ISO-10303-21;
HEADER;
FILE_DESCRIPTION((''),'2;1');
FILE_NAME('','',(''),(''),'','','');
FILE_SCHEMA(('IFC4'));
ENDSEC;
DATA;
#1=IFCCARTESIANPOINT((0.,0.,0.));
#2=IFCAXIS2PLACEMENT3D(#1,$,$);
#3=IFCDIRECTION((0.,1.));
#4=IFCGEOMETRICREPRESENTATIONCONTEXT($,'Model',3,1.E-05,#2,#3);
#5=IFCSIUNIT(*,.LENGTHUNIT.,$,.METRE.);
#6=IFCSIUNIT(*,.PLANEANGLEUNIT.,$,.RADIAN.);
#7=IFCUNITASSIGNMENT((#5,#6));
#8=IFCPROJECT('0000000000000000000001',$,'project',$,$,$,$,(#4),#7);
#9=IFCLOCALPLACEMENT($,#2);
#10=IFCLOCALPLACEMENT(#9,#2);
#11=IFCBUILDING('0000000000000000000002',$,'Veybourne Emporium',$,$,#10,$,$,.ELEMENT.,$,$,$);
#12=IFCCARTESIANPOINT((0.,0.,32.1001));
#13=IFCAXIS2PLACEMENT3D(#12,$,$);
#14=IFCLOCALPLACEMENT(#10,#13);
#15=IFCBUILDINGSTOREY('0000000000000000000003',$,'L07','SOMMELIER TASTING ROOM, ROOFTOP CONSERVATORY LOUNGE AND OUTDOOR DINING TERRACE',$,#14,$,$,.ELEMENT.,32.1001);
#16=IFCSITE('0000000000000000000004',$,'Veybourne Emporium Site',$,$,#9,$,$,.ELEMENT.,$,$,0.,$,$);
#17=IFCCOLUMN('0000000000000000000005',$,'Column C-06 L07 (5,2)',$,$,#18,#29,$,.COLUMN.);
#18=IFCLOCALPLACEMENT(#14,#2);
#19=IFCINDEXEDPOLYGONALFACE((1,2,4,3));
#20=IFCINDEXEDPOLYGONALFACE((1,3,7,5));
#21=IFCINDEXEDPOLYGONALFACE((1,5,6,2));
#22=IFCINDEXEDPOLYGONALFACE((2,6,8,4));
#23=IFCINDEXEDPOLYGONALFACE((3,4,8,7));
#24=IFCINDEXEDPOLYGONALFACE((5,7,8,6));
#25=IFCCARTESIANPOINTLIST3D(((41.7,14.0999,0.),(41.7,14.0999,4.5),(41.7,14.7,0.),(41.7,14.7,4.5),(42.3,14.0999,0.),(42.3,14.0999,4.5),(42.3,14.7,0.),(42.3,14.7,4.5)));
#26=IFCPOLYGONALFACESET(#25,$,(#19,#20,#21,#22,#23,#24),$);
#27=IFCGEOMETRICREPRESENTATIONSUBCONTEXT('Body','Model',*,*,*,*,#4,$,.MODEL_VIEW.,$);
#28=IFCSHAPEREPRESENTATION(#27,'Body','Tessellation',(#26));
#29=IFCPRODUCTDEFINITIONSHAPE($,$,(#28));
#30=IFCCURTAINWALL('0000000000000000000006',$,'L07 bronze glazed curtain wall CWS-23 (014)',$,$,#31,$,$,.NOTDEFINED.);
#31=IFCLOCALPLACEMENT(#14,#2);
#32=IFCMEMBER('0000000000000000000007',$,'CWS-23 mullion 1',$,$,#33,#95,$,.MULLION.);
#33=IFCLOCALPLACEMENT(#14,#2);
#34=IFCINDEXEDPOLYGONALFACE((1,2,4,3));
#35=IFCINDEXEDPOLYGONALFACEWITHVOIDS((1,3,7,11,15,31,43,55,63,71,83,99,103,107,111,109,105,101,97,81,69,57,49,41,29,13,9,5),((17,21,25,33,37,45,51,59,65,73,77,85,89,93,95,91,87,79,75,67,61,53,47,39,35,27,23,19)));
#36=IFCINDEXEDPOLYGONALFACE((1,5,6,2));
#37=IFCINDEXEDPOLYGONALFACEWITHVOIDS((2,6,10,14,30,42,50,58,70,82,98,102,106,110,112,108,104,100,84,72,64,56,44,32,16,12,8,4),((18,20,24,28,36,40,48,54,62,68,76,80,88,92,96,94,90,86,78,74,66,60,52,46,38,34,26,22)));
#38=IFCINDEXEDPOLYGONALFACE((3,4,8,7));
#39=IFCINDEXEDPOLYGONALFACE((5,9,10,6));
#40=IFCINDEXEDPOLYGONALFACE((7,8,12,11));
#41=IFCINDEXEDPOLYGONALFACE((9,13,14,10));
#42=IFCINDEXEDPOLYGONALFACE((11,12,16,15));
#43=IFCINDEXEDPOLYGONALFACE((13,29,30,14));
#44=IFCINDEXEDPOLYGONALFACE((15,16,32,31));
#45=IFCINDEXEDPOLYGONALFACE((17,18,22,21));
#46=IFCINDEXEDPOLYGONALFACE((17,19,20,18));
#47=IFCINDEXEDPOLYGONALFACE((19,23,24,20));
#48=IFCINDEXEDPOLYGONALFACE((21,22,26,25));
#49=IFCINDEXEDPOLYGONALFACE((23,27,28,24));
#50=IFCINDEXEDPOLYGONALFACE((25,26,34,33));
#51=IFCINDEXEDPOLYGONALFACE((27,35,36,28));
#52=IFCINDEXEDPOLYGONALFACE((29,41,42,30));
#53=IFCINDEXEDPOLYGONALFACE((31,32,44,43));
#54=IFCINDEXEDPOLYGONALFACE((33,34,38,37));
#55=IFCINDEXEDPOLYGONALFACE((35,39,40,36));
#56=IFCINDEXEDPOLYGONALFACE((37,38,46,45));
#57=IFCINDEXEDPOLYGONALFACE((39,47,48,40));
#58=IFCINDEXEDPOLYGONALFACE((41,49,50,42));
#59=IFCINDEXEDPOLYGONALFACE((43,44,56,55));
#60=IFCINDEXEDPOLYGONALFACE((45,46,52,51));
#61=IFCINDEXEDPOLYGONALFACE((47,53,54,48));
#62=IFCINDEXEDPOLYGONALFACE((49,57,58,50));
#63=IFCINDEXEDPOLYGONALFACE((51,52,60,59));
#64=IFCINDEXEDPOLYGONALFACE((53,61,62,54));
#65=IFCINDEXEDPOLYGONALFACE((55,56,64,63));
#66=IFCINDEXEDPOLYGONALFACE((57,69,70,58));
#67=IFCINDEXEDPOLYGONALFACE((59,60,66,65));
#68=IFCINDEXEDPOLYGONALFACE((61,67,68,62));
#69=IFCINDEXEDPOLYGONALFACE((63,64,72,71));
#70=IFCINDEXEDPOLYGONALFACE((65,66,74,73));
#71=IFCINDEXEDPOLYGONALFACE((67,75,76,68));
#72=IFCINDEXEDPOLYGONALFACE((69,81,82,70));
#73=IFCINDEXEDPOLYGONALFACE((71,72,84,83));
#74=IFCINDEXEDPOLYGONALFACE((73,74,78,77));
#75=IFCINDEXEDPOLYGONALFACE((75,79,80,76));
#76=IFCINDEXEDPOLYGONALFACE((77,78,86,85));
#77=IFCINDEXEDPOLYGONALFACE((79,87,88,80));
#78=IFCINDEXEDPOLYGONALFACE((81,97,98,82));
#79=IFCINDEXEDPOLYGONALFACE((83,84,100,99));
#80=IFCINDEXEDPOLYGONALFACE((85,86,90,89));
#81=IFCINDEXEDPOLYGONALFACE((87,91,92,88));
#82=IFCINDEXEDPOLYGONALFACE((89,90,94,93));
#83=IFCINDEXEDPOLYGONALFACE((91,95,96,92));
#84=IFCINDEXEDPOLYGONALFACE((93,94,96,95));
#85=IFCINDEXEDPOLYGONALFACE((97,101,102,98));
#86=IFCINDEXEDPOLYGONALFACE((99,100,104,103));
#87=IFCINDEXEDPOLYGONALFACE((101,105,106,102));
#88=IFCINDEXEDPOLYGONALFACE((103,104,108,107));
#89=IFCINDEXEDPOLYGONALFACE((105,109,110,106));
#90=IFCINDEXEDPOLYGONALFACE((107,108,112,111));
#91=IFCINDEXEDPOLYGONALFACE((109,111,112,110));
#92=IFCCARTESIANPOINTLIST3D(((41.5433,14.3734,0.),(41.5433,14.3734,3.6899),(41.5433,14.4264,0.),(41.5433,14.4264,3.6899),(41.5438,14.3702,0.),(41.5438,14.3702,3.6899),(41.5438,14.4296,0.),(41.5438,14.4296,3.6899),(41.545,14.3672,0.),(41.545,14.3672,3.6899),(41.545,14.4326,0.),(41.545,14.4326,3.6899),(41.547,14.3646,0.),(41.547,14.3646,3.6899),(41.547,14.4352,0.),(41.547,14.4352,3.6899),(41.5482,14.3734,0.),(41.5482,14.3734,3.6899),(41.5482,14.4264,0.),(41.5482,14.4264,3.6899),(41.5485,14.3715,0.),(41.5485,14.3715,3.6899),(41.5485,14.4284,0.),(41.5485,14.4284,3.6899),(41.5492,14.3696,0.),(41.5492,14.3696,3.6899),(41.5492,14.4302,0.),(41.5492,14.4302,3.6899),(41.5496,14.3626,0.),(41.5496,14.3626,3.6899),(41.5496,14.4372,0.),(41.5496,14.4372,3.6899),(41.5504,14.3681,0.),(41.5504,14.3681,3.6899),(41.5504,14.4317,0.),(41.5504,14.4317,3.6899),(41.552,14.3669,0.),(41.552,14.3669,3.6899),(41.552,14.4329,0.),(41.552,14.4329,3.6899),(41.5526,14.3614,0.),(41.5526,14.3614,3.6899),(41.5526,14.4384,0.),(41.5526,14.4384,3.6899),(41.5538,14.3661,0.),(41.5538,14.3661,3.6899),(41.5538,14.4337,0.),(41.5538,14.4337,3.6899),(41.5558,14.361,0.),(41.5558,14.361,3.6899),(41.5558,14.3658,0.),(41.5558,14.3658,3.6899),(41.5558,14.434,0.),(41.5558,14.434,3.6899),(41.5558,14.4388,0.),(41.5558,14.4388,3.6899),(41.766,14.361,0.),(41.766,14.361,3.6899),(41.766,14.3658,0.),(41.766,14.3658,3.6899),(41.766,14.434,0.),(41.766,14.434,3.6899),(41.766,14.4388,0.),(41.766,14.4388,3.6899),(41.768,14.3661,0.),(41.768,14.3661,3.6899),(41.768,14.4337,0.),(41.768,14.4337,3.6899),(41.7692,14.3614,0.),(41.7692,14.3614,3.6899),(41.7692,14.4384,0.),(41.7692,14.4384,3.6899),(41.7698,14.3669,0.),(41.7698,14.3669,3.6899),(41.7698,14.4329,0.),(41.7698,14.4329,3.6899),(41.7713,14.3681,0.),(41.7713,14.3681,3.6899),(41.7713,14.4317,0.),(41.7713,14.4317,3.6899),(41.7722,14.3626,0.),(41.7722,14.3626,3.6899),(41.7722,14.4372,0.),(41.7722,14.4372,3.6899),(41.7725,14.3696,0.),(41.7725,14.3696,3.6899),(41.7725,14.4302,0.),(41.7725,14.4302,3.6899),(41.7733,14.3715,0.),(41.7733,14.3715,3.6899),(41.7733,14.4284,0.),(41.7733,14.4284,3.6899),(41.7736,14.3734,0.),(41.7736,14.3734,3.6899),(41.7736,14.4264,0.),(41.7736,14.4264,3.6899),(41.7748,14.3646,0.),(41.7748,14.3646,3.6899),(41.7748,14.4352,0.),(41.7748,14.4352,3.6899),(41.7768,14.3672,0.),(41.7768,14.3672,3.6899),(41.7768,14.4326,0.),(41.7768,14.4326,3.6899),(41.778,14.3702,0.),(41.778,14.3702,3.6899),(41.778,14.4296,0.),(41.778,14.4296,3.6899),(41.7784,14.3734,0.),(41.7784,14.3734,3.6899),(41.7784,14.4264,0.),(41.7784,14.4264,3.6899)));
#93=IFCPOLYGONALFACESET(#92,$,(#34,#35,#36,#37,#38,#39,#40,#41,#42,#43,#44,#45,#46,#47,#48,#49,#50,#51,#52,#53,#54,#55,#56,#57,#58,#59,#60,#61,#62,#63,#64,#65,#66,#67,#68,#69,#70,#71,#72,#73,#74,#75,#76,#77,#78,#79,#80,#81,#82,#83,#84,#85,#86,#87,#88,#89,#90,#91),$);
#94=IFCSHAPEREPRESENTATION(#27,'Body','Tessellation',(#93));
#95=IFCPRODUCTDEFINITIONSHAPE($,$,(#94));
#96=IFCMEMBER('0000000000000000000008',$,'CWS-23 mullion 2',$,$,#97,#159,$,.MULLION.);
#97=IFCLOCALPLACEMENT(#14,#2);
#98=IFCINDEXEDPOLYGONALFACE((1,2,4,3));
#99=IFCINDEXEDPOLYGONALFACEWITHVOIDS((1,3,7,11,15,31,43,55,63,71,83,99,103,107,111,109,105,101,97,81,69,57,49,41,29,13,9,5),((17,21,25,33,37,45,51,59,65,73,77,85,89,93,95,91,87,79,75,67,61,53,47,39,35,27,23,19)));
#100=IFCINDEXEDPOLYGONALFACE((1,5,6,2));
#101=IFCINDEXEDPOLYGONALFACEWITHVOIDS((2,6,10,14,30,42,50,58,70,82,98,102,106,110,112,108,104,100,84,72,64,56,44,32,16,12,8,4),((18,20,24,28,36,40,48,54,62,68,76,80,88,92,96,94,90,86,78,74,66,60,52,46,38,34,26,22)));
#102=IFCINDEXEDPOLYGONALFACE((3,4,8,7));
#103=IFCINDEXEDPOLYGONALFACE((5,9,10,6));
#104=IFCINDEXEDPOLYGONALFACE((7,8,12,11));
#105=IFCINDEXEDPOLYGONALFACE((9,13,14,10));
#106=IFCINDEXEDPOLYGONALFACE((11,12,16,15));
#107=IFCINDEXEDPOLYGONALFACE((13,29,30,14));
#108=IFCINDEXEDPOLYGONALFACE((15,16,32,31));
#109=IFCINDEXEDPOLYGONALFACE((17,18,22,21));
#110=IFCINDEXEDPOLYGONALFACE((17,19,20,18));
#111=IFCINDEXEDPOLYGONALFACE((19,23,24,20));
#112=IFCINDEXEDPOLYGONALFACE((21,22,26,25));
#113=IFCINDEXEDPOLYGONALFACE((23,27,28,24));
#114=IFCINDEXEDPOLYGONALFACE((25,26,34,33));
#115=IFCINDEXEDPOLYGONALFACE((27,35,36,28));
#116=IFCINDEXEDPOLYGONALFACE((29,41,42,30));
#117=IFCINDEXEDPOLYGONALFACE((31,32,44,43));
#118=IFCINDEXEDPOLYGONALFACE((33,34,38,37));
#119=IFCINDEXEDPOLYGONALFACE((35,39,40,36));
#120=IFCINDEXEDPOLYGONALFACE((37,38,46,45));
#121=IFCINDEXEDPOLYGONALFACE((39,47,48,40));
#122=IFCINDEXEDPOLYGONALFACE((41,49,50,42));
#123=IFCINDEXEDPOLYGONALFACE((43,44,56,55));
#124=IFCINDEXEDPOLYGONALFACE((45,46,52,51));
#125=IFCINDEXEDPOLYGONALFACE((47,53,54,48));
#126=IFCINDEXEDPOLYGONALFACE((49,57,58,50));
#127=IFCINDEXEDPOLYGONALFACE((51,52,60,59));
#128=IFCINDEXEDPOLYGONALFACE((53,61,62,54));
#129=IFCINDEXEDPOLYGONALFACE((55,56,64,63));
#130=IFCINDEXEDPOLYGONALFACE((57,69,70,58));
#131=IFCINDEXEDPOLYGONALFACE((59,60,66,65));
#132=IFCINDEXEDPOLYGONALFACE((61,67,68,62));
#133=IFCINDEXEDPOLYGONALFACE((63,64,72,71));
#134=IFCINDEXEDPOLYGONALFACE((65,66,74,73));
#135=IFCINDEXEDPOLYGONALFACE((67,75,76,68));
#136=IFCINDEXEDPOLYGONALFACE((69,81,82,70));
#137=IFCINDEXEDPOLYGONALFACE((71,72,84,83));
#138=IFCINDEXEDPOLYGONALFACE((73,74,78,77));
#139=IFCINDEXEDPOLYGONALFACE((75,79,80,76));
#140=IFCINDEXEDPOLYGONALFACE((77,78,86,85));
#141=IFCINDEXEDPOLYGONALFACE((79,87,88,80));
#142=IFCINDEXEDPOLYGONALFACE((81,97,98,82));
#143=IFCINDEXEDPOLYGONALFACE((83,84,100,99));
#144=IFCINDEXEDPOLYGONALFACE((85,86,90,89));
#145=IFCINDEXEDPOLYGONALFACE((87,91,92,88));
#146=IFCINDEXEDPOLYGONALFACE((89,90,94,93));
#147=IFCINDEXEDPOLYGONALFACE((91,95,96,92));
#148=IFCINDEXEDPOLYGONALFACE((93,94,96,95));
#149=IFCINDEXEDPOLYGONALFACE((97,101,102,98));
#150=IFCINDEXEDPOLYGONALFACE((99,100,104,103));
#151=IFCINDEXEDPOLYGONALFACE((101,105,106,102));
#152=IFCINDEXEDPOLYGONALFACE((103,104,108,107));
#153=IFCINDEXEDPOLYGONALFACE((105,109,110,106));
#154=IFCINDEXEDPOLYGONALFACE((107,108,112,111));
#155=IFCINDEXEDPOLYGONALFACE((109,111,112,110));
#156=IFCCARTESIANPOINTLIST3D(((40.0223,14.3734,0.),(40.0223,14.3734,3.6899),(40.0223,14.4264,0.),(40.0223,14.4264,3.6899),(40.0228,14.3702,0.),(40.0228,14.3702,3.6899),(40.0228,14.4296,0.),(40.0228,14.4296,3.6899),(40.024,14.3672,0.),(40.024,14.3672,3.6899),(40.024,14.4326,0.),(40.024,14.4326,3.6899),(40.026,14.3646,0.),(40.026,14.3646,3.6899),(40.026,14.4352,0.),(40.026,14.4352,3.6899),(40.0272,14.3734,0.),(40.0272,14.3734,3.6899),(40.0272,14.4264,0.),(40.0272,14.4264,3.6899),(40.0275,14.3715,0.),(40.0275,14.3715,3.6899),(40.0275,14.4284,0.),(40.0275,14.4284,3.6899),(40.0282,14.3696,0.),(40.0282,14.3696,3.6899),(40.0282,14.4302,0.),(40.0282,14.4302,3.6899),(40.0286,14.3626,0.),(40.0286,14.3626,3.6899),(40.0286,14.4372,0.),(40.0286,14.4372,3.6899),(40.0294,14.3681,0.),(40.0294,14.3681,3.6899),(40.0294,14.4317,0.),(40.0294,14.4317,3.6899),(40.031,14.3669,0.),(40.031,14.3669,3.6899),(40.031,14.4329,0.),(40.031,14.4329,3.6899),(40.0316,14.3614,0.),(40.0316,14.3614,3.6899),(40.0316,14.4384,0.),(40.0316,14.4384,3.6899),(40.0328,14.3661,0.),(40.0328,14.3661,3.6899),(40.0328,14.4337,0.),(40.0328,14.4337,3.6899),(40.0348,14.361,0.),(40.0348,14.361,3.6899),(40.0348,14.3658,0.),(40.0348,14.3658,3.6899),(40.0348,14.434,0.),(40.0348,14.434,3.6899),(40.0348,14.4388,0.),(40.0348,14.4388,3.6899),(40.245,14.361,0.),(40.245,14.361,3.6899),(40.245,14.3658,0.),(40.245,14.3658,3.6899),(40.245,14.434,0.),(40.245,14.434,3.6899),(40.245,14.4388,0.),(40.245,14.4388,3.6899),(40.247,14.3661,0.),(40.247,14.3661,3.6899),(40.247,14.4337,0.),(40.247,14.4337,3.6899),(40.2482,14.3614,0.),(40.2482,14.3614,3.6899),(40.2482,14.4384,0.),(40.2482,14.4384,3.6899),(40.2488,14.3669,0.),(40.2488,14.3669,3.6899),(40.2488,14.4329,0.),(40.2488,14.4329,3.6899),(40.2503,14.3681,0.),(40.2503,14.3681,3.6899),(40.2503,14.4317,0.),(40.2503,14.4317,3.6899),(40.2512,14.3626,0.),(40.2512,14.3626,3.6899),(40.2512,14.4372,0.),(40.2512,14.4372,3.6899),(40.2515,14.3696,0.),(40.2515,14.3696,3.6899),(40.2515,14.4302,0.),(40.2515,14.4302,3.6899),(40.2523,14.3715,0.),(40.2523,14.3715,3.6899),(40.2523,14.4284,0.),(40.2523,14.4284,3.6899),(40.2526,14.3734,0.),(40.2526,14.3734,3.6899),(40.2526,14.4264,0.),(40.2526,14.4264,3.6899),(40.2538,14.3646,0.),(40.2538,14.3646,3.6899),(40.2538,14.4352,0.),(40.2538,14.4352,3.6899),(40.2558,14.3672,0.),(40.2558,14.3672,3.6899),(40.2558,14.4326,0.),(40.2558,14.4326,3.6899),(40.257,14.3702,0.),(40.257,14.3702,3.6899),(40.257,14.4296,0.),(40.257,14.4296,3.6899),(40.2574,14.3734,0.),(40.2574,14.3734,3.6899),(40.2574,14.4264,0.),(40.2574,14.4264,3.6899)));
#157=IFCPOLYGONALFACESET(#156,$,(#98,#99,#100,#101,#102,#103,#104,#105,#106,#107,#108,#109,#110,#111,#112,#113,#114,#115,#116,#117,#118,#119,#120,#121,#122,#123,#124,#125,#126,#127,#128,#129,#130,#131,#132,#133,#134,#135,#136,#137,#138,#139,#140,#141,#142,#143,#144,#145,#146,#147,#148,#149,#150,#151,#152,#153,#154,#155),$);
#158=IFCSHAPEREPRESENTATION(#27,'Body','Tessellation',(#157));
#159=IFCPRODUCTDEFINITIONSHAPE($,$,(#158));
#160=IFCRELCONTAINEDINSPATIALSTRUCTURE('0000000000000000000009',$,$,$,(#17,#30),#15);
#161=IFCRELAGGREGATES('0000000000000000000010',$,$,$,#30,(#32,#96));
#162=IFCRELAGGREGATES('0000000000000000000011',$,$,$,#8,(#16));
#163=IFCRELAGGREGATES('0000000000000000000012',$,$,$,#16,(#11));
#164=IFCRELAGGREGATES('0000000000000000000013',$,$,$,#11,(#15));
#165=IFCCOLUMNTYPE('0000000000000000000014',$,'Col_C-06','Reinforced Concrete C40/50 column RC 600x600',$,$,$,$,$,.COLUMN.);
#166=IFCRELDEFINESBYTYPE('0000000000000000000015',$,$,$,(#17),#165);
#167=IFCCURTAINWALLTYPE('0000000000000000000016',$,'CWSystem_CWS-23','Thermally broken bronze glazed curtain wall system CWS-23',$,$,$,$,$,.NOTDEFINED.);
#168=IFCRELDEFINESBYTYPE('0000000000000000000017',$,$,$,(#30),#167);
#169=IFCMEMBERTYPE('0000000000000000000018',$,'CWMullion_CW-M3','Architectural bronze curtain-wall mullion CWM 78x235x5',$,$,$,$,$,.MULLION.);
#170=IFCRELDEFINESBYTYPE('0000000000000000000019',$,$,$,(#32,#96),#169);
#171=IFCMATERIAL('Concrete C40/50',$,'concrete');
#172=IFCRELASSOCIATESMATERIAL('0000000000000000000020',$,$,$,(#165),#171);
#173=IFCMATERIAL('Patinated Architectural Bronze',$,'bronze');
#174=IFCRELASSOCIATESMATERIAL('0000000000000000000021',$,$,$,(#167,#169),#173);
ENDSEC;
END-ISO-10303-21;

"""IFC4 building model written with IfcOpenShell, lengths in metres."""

from ifc_helpers import new_model, si_unit, direction, frame, origin, origin_2d, place, context, subcontext, project, spatial, rectangle, hollow_rectangle, extrude, material, material_profile, profile_set, type_object, element, aggregate, save


model = new_model("IFC4")

# Units and contexts
model_context = context("Model", 3, precision=1e-05, world=origin(), true_north=direction((0.0, 1.0)))
body_context = subcontext(model_context, "Body", "Model", "MODEL_VIEW")
ifc_project = project(units=[si_unit("LENGTHUNIT", "METRE"), si_unit("PLANEANGLEUNIT", "RADIAN")], contexts=[model_context])

# Site, building, storey
site_placement = place(None, origin())
site = spatial("IfcSite", under=ifc_project, at=site_placement, Name="Veybourne Emporium Site", CompositionType="ELEMENT", RefElevation=0.0)
building_placement = place(site_placement, origin())
building = spatial("IfcBuilding", under=site, at=building_placement, Name="Veybourne Emporium", CompositionType="ELEMENT")
storey_placement = place(building_placement, frame((0.0, 0.0, 32.1001)))
storey = spatial("IfcBuildingStorey", under=building, at=storey_placement, Name="L07", Description="SOMMELIER TASTING ROOM, ROOFTOP CONSERVATORY LOUNGE AND OUTDOOR DINING TERRACE", CompositionType="ELEMENT", Elevation=32.1001)

# Column
ifc_material_1 = material(Name="Concrete C40/50", Category="concrete")
ifc_material_profile_1 = material_profile(ifc_material_1, rectangle(XDim=0.6001, YDim=0.6001, at=origin_2d()), Name="RC 600x600")
ifc_profile_set_1 = profile_set([ifc_material_profile_1], Name="Concrete C40/50")
column_type = type_object("IfcColumnType", Name="Col_C-06", Description="Reinforced Concrete C40/50 column RC 600x600", PredefinedType="COLUMN", material=ifc_profile_set_1)
column_placement = place(storey_placement, frame((42.0, 14.3999, 0.0), z_axis=(0.0, 0.0, 1.0), x_axis=(1.0, 0.0, 0.0)))
element("IfcColumn", 1, at=column_placement, inside=storey, type_object=column_type, Name="Column C-06 L07 (5,2)", PredefinedType="COLUMN", context=body_context, shape_type="SweptSolid", body=[
    extrude(rectangle(XDim=0.6001, YDim=0.6001, at=origin_2d()), origin(), (0.0, 0.0, 1.0), 4.5),
])

# Curtain wall, members
ifc_material_2 = material(Name="Patinated Architectural Bronze", Category="bronze")
curtain_wall_type_1 = type_object("IfcCurtainWallType", Name="CWSystem_CWS-23", Description="Thermally broken bronze glazed curtain wall system CWS-23", PredefinedType="NOTDEFINED", material=ifc_material_2)
curtain_wall_1_placement = place(storey_placement, origin())
curtain_wall_1 = element("IfcCurtainWall", 2, at=curtain_wall_1_placement, inside=storey, type_object=curtain_wall_type_1, Name="L07 bronze glazed curtain wall CWS-23 (014)", PredefinedType="NOTDEFINED")
ifc_material_profile_2 = material_profile(ifc_material_2, hollow_rectangle(XDim=0.0779, YDim=0.2351, WallThickness=0.0049, InnerFilletRadius=0.0076, OuterFilletRadius=0.0125, at=origin_2d()), Name="CWM 78x235x5")
ifc_profile_set_2 = profile_set([ifc_material_profile_2], Name="Patinated Architectural Bronze")
member_type_1 = type_object("IfcMemberType", Name="CWMullion_CW-M3", Description="Architectural bronze curtain-wall mullion CWM 78x235x5", PredefinedType="MULLION", material=ifc_profile_set_2)
member_1_placement = place(storey_placement, frame((41.6609, 14.3999, 0.0), z_axis=(0.0, 0.0, 1.0), x_axis=(0.0, -1.0, 0.0)))
member_1 = element("IfcMember", 3, at=member_1_placement, type_object=member_type_1, Name="CWS-23 mullion 1", PredefinedType="MULLION", context=body_context, shape_type="SweptSolid", body=[
    extrude(hollow_rectangle(XDim=0.0779, YDim=0.2351, WallThickness=0.0049, InnerFilletRadius=0.0076, OuterFilletRadius=0.0125, at=origin_2d()), origin(), (0.0, 0.0, 1.0), 3.6899),
])
member_2_placement = place(storey_placement, frame((40.1399, 14.3999, 0.0), z_axis=(0.0, 0.0, 1.0), x_axis=(0.0, -1.0, 0.0)))
member_2 = element("IfcMember", 4, at=member_2_placement, type_object=member_type_1, Name="CWS-23 mullion 2", PredefinedType="MULLION", context=body_context, shape_type="SweptSolid", body=[
    extrude(hollow_rectangle(XDim=0.0779, YDim=0.2351, WallThickness=0.0049, InnerFilletRadius=0.0076, OuterFilletRadius=0.0125, at=origin_2d()), origin(), (0.0, 0.0, 1.0), 3.6899),
])

aggregate(curtain_wall_1, [member_1, member_2])

save(model, "model.ifc")
